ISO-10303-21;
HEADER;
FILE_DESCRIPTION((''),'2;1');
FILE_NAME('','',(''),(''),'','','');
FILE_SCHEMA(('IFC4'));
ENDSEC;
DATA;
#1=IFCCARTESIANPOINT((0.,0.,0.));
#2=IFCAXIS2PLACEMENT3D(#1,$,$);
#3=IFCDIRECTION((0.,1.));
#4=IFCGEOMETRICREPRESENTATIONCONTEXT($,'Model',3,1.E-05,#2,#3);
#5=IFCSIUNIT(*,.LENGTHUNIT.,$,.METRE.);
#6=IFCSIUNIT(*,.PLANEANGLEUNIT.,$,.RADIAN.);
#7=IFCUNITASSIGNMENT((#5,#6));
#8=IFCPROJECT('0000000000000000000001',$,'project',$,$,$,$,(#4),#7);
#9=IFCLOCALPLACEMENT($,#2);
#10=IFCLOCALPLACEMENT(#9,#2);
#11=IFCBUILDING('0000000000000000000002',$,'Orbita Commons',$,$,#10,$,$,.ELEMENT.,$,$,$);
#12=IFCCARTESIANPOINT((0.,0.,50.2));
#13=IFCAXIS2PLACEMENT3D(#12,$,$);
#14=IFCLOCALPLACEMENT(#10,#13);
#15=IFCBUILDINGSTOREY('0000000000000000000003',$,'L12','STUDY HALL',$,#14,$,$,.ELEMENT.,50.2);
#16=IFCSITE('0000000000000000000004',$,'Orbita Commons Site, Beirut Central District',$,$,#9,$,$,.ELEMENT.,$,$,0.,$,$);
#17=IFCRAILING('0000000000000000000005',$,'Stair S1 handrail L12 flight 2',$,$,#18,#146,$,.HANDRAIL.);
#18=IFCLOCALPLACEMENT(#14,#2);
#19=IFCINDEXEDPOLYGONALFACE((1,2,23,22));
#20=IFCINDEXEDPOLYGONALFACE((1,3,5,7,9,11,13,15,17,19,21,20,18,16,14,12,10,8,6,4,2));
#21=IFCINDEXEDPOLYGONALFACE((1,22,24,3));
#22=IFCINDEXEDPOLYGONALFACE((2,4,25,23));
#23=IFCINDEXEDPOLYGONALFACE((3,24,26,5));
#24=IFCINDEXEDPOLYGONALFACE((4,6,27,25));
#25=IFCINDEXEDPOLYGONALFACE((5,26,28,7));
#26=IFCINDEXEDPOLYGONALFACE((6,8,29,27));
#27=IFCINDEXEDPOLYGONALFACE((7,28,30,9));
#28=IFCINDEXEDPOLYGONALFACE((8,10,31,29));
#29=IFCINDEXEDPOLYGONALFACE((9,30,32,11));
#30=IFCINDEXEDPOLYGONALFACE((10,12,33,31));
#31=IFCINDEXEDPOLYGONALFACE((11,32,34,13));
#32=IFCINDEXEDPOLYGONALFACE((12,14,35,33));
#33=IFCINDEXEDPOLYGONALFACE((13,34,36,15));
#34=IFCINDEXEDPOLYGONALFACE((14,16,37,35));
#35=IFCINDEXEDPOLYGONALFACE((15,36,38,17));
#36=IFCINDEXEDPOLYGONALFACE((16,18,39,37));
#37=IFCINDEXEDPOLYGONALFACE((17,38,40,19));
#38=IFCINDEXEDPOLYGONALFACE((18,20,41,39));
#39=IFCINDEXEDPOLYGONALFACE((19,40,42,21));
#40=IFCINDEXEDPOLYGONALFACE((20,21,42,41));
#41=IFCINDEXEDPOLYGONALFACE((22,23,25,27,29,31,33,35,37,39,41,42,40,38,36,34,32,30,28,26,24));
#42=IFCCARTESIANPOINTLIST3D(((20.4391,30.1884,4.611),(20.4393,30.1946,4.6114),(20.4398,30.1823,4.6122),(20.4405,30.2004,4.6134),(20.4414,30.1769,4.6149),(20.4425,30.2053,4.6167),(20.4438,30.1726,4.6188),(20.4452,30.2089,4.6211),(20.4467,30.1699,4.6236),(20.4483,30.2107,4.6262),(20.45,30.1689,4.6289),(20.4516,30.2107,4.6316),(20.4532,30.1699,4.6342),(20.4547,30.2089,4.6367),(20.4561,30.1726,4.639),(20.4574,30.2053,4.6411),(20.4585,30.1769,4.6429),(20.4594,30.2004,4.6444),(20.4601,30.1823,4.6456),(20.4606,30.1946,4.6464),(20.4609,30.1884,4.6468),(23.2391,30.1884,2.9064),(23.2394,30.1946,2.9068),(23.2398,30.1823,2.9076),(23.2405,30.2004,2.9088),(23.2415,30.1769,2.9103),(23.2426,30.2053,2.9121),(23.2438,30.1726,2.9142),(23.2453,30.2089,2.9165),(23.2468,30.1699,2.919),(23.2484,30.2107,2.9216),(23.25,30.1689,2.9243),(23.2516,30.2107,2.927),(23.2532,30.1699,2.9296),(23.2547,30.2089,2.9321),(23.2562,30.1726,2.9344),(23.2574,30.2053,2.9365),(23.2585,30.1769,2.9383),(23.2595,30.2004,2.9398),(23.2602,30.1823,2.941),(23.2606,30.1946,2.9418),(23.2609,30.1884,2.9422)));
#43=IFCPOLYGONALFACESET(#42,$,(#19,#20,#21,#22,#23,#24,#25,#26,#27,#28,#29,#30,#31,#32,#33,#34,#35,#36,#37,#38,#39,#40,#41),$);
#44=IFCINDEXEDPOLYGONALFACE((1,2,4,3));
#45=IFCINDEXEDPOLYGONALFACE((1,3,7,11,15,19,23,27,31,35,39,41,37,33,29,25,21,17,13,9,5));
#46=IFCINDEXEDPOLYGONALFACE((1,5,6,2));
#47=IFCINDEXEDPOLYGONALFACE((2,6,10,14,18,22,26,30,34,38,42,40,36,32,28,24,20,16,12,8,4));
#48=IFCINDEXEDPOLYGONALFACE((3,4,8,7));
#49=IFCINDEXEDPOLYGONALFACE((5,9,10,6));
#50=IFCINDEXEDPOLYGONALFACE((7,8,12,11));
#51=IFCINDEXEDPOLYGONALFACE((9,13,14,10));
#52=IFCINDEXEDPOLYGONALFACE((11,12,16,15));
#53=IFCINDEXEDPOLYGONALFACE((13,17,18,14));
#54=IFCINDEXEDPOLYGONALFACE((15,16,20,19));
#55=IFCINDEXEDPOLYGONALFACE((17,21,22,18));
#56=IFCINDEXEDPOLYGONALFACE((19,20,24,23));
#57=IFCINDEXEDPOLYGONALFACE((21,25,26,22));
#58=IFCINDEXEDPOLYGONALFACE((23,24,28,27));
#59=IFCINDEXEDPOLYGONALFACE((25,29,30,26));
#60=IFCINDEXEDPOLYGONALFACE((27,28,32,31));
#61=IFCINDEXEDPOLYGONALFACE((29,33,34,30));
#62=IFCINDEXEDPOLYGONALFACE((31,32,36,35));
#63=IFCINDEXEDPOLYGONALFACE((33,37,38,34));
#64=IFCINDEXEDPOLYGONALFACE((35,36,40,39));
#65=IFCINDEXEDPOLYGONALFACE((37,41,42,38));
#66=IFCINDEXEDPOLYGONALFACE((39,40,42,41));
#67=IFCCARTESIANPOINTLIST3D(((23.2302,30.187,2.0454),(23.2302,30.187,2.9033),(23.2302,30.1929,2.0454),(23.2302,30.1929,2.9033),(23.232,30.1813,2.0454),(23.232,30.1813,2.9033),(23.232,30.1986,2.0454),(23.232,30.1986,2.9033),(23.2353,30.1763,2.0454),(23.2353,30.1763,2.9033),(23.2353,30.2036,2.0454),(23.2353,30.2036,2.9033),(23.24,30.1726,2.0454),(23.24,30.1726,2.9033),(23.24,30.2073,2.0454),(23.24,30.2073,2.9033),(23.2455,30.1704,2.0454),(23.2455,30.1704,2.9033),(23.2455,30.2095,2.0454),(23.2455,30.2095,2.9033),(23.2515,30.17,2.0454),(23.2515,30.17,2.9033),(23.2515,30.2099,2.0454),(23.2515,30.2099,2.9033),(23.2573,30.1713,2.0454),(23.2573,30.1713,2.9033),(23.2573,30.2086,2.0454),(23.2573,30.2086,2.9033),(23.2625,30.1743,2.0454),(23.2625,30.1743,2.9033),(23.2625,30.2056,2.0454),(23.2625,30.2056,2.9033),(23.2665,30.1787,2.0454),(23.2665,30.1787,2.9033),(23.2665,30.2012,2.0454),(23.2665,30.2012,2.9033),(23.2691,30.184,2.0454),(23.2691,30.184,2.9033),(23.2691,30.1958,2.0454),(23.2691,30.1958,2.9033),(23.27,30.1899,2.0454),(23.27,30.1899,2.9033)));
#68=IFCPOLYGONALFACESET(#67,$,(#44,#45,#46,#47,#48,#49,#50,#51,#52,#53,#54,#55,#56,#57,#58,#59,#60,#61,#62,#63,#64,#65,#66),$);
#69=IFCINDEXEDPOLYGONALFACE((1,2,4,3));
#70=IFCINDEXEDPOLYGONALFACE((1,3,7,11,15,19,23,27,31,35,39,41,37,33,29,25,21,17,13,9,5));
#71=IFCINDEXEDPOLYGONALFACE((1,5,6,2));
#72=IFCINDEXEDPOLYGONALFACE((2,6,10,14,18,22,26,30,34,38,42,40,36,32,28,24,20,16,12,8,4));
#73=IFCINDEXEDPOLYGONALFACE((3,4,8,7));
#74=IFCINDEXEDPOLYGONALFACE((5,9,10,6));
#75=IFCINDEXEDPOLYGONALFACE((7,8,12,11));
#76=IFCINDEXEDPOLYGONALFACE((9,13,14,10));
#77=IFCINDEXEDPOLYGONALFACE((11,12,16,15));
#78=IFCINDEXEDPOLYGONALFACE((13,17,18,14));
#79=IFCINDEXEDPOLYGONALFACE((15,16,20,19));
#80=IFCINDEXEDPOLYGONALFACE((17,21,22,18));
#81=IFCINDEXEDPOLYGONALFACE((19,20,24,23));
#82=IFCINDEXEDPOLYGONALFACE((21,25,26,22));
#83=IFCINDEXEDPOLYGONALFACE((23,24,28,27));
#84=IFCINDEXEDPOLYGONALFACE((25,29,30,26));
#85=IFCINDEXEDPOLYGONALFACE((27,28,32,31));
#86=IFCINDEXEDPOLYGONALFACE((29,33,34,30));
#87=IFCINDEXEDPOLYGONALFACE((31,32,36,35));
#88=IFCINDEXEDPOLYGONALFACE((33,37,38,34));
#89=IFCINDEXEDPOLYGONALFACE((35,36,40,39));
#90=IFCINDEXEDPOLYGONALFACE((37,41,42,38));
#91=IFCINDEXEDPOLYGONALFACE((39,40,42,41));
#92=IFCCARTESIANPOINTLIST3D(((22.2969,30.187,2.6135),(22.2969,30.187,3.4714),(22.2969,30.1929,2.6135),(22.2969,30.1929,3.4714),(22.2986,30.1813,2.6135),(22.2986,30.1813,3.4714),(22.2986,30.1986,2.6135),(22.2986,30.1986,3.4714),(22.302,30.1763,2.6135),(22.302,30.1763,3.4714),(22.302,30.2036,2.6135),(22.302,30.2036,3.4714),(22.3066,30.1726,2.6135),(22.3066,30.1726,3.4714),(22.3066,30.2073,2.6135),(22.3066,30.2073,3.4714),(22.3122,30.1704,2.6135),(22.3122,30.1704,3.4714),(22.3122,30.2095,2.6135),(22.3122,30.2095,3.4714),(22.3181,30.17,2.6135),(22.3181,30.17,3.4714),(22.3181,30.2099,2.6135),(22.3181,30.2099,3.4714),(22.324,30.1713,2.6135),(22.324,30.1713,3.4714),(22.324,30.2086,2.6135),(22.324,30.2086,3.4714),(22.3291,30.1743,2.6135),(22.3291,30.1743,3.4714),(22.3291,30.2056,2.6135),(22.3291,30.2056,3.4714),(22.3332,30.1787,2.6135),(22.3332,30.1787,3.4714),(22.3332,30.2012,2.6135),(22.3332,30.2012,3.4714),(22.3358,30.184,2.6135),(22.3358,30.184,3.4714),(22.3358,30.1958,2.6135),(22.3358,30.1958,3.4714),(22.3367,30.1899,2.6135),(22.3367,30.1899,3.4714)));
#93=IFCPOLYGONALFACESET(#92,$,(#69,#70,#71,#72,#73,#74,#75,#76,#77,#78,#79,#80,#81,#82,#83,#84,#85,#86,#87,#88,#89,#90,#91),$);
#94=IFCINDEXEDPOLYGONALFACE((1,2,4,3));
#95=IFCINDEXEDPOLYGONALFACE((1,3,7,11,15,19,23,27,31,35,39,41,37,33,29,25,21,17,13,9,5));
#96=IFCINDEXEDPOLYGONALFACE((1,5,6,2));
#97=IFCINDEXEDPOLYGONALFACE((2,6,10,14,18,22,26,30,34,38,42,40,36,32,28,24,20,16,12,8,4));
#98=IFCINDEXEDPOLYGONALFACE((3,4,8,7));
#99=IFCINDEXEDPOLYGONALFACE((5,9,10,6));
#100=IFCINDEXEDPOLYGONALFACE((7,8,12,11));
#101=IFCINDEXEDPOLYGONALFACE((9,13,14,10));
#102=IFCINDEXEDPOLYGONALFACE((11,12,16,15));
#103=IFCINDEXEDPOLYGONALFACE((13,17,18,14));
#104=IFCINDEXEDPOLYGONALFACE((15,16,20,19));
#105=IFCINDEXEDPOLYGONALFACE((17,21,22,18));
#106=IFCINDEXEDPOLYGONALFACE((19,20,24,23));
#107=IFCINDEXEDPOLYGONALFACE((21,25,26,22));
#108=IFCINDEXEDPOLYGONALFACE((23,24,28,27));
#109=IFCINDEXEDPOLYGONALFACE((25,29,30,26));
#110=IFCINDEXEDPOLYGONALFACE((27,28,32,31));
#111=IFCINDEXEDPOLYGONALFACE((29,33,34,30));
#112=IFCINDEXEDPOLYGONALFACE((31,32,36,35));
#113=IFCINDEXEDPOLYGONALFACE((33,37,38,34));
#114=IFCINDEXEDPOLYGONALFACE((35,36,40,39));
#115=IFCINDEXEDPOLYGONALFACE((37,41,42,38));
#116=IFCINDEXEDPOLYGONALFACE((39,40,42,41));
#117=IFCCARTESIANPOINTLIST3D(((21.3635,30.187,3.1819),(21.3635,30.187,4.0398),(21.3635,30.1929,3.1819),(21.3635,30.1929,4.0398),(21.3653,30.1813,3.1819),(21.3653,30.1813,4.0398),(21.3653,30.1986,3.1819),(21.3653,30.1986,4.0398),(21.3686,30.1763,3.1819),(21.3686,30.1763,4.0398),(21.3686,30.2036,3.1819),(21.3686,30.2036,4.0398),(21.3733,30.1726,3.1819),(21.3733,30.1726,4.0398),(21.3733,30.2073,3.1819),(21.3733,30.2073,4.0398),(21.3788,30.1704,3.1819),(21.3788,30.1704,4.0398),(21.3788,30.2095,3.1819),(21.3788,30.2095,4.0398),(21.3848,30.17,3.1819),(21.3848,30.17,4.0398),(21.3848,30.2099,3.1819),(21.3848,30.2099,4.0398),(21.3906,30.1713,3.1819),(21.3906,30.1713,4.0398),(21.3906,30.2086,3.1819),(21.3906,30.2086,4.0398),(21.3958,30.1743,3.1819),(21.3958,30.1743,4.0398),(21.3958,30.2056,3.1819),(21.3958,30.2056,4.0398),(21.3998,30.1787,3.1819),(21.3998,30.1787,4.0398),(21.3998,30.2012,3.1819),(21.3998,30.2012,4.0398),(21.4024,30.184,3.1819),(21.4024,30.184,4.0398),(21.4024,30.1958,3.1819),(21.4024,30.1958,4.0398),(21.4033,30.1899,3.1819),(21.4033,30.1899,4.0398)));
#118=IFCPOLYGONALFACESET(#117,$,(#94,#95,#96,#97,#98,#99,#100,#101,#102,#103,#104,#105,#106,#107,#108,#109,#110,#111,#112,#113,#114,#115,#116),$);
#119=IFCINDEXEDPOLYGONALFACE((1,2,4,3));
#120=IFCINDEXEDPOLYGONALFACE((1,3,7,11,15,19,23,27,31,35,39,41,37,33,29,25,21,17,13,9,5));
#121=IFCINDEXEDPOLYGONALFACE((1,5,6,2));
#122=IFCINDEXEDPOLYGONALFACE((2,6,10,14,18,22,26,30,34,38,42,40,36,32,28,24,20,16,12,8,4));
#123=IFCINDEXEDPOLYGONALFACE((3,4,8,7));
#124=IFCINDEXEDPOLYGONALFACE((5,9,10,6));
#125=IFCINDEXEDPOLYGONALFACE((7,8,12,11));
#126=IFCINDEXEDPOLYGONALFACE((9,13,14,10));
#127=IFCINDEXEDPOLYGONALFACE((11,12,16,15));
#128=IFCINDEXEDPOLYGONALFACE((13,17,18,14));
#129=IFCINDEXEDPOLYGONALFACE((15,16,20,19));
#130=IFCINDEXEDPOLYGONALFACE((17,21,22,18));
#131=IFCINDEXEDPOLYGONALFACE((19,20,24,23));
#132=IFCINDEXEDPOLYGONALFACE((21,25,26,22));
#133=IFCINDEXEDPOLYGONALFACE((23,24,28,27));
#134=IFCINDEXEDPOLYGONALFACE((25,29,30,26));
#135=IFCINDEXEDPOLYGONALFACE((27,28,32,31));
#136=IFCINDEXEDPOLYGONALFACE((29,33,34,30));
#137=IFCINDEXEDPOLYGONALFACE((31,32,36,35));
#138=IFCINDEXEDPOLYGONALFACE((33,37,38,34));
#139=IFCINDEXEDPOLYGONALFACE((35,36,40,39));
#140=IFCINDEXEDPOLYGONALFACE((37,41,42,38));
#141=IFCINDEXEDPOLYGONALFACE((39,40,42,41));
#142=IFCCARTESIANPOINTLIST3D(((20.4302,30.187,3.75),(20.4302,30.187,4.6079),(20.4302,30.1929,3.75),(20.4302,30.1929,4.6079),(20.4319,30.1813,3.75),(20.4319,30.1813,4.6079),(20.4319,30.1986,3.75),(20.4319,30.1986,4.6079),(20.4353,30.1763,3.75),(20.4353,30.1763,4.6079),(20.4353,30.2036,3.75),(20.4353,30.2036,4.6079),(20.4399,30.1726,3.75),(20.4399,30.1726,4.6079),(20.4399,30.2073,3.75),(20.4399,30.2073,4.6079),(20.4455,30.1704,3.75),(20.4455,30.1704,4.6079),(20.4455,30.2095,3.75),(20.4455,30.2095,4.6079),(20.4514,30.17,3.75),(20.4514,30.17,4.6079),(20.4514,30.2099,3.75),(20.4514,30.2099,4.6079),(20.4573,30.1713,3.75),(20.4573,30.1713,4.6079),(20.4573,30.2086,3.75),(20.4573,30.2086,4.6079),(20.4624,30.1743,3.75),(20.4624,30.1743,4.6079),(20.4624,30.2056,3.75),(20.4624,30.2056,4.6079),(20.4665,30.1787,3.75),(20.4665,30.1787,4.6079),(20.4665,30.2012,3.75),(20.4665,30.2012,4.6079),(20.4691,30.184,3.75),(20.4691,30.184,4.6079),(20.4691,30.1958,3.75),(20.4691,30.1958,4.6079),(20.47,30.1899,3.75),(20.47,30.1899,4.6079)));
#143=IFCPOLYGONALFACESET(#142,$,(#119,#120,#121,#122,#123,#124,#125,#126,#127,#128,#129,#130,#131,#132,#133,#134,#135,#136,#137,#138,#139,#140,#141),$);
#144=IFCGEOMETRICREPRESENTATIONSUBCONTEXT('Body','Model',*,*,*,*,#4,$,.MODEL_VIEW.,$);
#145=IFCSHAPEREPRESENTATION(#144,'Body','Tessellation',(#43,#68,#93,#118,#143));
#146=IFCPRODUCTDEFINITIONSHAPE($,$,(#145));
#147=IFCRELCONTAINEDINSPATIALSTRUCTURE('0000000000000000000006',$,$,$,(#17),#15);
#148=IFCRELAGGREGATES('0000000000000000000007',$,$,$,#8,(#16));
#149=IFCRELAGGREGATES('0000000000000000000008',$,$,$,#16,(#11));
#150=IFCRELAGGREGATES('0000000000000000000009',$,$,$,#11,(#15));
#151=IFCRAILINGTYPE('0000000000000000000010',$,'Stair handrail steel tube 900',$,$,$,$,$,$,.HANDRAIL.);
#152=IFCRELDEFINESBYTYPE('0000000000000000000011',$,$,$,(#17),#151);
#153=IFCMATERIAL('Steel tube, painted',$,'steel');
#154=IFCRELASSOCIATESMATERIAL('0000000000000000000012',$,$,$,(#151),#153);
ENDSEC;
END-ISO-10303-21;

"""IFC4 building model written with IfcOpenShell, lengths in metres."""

from ifc_helpers import new_model, si_unit, direction, frame, origin, origin_2d, place, context, subcontext, project, spatial, circle, extrude, material, type_object, element, save


model = new_model("IFC4")

# Units and contexts
model_context = context("Model", 3, precision=1e-05, world=origin(), true_north=direction((0.0, 1.0)))
body_context = subcontext(model_context, "Body", "Model", "MODEL_VIEW")
ifc_project = project(units=[si_unit("LENGTHUNIT", "METRE"), si_unit("PLANEANGLEUNIT", "RADIAN")], contexts=[model_context])

# Site, building, storey
site_placement = place(None, origin())
site = spatial("IfcSite", under=ifc_project, at=site_placement, Name="Orbita Commons Site, Beirut Central District", CompositionType="ELEMENT", RefElevation=0.0)
building_placement = place(site_placement, origin())
building = spatial("IfcBuilding", under=site, at=building_placement, Name="Orbita Commons", CompositionType="ELEMENT")
storey_placement = place(building_placement, frame((0.0, 0.0, 50.2)))
storey = spatial("IfcBuildingStorey", under=building, at=storey_placement, Name="L12", Description="STUDY HALL", CompositionType="ELEMENT", Elevation=50.2)

# Railing
ifc_material = material(Name="Steel tube, painted", Category="steel")
railing_type = type_object("IfcRailingType", Name="Stair handrail steel tube 900", PredefinedType="HANDRAIL", material=ifc_material)
for number, where, name in (
    (1, (23.25, 30.1899, 2.0454), "Stair S1 handrail L12 flight 2"),
):
    element("IfcRailing", number, at=place(storey_placement, frame(where)), inside=storey, type_object=railing_type, Name=name, PredefinedType="HANDRAIL", context=body_context, shape_type="SweptSolid", body=[
        extrude(circle(Radius=0.021, at=origin_2d()), frame((0.0, 0.0, 0.8789), z_axis=(-0.85417, 0.0, 0.519994), x_axis=(0.0, -1.0, 0.0)), (0.0, 0.0, 1.0), 3.2781),
        extrude(circle(Radius=0.02, at=origin_2d()), origin(), (0.0, 0.0, 1.0), 0.8579),
        extrude(circle(Radius=0.02, at=origin_2d()), frame((-0.9333, 0.0, 0.5681)), (0.0, 0.0, 1.0), 0.8579),
        extrude(circle(Radius=0.02, at=origin_2d()), frame((-1.8667, 0.0, 1.1365)), (0.0, 0.0, 1.0), 0.8579),
        extrude(circle(Radius=0.02, at=origin_2d()), frame((-2.8, 0.0, 1.7046)), (0.0, 0.0, 1.0), 0.8579),
    ])

save(model, "model.ifc")
